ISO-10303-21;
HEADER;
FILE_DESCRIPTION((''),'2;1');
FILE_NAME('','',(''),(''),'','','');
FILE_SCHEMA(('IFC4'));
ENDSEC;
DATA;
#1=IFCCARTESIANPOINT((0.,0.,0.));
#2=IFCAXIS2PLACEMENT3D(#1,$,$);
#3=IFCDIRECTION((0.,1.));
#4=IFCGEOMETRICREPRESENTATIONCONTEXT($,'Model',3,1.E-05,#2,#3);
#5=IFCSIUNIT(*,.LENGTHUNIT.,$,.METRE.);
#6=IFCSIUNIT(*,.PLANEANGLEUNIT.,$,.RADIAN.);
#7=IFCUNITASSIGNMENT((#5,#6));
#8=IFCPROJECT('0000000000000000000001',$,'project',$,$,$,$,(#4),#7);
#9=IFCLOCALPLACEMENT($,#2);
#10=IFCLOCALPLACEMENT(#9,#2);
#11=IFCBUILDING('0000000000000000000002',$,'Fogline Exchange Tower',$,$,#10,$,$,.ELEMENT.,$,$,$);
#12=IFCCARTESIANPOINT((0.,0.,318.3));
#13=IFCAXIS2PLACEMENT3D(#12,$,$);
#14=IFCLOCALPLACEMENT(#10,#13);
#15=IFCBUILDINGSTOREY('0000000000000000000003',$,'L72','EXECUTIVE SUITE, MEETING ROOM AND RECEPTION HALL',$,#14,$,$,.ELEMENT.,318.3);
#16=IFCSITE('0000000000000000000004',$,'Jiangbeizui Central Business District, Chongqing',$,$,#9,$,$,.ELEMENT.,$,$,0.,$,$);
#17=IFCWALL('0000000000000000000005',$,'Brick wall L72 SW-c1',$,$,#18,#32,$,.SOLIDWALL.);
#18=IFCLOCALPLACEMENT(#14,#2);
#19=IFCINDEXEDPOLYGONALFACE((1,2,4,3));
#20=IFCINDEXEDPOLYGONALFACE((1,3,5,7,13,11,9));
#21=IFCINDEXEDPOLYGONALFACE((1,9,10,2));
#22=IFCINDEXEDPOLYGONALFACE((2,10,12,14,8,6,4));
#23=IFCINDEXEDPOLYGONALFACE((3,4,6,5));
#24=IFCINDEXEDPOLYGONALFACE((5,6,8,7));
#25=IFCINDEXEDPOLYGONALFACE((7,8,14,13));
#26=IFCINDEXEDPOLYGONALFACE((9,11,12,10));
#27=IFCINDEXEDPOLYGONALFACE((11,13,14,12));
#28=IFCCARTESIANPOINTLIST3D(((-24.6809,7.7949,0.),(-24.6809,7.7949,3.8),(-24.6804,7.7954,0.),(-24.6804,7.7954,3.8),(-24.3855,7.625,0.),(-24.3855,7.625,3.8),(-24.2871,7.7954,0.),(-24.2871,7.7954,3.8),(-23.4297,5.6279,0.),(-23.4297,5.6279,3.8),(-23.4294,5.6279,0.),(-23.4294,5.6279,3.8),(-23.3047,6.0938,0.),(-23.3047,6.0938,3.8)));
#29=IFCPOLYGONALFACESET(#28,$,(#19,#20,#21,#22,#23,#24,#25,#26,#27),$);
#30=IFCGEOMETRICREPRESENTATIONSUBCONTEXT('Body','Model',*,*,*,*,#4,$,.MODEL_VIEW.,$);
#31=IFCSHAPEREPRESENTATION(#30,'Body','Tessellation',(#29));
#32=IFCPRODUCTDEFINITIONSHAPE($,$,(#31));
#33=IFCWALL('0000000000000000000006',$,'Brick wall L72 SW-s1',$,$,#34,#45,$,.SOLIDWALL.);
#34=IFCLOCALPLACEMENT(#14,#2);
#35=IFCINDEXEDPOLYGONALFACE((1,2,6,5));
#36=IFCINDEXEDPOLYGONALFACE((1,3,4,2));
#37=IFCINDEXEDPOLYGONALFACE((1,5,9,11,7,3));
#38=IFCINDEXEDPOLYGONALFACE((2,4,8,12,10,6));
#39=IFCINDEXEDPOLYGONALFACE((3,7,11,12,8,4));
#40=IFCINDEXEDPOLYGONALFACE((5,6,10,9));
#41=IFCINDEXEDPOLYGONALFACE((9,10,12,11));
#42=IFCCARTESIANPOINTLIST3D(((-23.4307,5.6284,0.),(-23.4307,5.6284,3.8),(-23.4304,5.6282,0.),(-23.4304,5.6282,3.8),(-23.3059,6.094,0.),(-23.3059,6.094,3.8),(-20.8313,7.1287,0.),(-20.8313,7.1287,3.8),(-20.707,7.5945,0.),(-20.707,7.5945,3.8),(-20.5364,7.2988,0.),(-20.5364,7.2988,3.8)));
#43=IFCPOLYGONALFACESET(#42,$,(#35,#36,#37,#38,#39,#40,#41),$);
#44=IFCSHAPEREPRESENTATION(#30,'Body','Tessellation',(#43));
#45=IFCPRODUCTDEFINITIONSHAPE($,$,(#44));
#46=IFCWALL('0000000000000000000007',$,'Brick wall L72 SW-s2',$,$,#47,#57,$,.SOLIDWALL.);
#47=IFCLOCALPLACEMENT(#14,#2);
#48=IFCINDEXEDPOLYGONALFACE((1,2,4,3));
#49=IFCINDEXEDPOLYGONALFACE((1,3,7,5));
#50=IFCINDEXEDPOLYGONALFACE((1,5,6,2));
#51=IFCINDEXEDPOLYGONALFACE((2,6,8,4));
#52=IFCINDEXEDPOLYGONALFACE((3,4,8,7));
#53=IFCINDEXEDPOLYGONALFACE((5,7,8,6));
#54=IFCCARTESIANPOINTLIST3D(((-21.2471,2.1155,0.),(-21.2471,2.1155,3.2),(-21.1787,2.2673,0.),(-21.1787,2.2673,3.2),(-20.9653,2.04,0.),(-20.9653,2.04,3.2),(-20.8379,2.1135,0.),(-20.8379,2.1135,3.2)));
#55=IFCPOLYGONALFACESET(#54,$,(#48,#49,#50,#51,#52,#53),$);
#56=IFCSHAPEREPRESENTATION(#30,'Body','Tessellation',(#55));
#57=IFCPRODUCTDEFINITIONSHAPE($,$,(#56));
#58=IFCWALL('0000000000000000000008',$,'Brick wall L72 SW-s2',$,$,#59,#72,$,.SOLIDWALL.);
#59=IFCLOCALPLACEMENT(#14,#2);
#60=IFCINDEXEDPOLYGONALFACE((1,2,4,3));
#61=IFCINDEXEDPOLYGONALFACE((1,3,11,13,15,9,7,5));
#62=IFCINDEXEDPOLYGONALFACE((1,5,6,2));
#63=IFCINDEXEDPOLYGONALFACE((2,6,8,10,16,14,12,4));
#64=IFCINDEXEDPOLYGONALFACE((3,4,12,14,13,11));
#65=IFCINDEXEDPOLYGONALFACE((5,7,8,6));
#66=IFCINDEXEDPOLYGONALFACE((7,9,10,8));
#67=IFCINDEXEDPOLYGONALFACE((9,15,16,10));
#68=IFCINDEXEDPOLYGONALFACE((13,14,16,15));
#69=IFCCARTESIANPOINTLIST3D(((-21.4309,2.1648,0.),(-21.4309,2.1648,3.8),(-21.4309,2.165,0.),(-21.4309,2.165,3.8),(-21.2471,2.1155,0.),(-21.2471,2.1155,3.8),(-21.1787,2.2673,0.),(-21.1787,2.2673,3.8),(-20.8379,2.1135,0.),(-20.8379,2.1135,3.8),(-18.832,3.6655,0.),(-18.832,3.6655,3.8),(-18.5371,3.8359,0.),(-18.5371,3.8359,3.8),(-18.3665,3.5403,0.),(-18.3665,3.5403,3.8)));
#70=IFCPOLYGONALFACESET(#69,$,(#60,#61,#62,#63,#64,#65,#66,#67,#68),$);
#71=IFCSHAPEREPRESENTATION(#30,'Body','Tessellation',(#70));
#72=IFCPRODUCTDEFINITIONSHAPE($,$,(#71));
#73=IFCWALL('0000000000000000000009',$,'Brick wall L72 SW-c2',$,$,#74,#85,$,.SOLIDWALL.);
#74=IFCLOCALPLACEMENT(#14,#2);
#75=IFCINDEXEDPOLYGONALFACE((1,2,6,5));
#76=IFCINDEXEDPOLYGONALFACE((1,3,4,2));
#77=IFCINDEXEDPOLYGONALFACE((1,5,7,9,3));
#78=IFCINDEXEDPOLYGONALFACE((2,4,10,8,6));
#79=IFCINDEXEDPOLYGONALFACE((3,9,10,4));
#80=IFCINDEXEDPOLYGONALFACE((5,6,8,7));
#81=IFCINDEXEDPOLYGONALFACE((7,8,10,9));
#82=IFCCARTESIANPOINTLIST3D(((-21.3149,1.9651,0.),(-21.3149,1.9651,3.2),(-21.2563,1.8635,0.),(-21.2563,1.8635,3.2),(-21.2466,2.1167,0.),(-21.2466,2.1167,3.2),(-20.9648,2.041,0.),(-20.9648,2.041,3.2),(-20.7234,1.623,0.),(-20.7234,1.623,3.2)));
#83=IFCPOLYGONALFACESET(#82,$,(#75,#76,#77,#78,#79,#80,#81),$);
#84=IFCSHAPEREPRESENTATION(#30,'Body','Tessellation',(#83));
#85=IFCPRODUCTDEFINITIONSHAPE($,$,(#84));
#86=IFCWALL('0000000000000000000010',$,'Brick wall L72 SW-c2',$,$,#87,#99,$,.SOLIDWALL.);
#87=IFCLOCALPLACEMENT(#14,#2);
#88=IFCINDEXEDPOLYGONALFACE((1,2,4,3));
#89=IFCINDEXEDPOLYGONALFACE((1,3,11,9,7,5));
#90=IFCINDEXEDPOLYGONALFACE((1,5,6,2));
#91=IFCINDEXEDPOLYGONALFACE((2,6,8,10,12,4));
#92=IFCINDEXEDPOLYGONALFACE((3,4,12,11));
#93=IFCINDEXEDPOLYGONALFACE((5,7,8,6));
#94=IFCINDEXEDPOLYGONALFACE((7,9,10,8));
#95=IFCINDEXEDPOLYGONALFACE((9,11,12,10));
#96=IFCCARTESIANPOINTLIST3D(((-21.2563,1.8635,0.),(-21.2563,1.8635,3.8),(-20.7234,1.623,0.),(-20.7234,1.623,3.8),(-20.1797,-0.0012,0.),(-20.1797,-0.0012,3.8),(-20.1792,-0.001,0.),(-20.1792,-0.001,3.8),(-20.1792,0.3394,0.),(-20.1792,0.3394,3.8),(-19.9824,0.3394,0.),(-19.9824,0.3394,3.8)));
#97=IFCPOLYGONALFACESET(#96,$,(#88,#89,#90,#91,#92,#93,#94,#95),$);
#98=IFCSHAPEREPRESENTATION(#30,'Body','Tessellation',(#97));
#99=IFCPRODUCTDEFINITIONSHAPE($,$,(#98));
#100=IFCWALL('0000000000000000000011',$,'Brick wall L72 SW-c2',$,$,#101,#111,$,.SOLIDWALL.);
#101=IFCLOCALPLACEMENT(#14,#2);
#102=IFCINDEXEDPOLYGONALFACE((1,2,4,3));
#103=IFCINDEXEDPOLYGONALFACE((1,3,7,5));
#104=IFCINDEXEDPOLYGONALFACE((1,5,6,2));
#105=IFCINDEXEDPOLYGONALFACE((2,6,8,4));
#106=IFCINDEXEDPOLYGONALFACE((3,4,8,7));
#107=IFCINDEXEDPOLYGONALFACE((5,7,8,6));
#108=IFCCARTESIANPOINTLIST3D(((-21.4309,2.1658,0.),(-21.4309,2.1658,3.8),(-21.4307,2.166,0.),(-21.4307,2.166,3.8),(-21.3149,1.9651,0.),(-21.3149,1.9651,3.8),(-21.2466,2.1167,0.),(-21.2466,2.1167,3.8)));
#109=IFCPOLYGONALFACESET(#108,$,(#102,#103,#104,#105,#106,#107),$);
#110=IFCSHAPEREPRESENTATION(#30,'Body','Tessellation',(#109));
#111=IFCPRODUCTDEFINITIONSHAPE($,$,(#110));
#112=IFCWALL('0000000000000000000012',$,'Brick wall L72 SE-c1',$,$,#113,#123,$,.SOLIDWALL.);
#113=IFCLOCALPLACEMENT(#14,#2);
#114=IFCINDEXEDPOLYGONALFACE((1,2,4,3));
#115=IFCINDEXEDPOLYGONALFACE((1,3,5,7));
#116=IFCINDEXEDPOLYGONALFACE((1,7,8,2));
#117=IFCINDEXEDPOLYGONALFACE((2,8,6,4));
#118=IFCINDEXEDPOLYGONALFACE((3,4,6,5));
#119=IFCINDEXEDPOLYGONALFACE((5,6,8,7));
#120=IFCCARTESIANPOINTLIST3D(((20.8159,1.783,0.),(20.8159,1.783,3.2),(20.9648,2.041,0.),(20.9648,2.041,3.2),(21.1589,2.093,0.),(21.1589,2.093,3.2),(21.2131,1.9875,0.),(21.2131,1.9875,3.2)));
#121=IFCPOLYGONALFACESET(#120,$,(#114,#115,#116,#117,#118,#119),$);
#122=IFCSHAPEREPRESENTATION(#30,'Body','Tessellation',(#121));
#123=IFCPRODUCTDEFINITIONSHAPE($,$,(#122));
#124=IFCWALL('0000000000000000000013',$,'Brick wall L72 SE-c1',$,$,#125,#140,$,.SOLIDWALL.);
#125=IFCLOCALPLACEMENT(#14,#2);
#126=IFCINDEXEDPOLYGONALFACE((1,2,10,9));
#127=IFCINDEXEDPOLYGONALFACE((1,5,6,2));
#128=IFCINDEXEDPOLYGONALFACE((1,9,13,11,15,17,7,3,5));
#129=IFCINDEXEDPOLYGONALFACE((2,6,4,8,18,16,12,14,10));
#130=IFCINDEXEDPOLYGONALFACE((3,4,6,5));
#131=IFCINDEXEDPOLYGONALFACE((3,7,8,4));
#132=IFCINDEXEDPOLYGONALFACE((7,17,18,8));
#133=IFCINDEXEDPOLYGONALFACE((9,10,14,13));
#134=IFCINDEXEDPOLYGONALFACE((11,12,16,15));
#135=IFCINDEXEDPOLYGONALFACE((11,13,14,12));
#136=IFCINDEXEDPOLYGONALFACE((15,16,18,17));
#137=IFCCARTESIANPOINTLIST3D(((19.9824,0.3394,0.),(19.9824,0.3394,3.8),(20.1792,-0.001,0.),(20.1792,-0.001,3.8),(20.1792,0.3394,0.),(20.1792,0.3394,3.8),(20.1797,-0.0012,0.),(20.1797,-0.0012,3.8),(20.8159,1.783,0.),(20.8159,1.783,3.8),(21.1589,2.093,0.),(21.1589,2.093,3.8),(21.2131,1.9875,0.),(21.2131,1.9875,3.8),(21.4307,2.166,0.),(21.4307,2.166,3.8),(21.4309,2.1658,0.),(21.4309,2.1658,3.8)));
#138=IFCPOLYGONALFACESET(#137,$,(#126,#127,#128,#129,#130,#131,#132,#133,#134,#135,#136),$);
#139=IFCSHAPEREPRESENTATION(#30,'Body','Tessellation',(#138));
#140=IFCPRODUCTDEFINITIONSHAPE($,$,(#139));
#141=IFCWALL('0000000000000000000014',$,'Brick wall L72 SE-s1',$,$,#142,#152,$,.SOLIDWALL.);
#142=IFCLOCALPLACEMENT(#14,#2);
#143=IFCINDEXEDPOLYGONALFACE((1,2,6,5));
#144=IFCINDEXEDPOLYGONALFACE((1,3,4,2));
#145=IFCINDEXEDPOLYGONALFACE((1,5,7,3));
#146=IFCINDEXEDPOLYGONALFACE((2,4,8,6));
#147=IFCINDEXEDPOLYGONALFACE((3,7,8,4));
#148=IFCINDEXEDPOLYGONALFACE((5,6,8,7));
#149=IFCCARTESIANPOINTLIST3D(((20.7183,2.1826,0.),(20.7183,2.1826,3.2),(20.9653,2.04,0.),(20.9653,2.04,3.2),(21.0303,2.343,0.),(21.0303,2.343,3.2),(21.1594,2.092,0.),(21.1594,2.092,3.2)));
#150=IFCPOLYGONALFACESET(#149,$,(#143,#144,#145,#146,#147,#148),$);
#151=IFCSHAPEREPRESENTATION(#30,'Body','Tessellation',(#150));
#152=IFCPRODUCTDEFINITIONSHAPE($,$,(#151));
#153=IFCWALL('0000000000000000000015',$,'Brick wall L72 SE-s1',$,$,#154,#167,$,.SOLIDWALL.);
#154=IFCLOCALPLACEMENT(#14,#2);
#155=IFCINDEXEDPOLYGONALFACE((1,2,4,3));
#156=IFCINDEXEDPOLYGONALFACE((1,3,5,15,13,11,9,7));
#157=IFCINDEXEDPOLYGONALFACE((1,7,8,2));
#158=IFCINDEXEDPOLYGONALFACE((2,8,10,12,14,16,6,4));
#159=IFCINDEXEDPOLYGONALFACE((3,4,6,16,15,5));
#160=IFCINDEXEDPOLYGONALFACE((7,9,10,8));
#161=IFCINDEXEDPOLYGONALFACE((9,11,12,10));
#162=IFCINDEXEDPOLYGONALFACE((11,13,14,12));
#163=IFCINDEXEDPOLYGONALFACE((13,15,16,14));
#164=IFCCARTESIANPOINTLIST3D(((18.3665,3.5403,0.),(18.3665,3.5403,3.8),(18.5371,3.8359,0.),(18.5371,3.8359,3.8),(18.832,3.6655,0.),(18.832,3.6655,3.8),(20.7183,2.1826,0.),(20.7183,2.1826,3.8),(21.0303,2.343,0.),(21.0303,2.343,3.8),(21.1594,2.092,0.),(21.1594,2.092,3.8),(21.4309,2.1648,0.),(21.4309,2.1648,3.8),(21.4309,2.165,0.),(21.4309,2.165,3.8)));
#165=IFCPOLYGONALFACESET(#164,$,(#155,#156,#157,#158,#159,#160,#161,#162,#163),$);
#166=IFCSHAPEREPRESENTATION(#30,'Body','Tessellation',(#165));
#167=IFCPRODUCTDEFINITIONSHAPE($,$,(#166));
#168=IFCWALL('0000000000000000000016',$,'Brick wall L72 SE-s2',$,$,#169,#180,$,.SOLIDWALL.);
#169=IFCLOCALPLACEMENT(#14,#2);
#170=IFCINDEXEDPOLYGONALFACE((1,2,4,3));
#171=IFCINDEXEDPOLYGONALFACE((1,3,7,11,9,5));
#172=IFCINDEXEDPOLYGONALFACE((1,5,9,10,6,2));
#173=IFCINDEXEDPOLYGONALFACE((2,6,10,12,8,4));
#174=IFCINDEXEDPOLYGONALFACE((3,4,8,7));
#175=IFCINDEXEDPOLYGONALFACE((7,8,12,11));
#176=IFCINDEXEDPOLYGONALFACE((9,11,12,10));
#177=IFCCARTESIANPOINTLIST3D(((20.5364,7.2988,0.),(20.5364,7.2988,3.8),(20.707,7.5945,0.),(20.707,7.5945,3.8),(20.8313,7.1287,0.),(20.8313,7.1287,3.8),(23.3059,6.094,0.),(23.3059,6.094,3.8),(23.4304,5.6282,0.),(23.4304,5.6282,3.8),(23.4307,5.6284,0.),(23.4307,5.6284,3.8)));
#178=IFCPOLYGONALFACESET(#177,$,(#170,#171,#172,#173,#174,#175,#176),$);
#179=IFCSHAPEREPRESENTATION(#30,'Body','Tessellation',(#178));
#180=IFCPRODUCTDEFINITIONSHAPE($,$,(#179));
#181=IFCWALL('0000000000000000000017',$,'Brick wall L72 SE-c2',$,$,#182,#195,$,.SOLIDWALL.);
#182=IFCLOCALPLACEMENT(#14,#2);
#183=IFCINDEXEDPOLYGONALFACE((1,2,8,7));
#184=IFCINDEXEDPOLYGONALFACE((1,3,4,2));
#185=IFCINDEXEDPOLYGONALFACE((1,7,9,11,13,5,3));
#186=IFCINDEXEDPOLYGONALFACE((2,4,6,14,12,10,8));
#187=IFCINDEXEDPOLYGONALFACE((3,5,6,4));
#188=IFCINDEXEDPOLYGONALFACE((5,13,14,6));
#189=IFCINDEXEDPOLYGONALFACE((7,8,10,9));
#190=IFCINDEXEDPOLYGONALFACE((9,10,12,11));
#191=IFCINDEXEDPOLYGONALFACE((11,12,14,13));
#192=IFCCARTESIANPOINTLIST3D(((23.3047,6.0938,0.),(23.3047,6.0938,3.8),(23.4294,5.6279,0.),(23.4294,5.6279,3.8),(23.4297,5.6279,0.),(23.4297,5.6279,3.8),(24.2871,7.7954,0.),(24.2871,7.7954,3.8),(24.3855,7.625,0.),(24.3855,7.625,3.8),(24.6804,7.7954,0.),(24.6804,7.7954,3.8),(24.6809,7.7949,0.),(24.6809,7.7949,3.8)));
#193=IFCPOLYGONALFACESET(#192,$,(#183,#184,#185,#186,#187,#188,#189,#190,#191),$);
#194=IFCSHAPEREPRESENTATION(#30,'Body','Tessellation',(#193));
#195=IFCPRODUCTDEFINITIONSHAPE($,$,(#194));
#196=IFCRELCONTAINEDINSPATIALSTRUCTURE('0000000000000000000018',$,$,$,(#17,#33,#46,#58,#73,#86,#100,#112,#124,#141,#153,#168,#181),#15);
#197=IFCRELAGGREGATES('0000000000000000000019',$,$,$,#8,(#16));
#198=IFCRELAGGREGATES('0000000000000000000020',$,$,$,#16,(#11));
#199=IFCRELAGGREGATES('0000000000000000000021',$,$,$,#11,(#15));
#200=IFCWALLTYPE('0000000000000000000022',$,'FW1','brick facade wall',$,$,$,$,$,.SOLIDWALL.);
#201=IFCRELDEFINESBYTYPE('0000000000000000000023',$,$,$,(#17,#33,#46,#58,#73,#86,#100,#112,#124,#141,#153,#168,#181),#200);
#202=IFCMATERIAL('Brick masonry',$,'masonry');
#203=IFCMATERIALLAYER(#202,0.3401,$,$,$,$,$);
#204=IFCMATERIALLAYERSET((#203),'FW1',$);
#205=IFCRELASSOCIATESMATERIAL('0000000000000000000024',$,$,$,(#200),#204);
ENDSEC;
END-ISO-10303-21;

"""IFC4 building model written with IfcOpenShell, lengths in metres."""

from ifc_helpers import new_model, si_unit, direction, frame, origin, place, context, subcontext, project, spatial, polyline, outline, extrude, material, layer, layer_set, type_object, element, save


model = new_model("IFC4")

# Units and contexts
model_context = context("Model", 3, precision=1e-05, world=origin(), true_north=direction((0.0, 1.0)))
body_context = subcontext(model_context, "Body", "Model", "MODEL_VIEW")
ifc_project = project(units=[si_unit("LENGTHUNIT", "METRE"), si_unit("PLANEANGLEUNIT", "RADIAN")], contexts=[model_context])

# Site, building, storey
site_placement = place(None, origin())
site = spatial("IfcSite", under=ifc_project, at=site_placement, Name="Jiangbeizui Central Business District, Chongqing", CompositionType="ELEMENT", RefElevation=0.0)
building_placement = place(site_placement, origin())
building = spatial("IfcBuilding", under=site, at=building_placement, Name="Fogline Exchange Tower", CompositionType="ELEMENT")
storey_placement = place(building_placement, frame((0.0, 0.0, 318.3)))
storey = spatial("IfcBuildingStorey", under=building, at=storey_placement, Name="L72", Description="EXECUTIVE SUITE, MEETING ROOM AND RECEPTION HALL", CompositionType="ELEMENT", Elevation=318.3)

# Walls
ifc_material_1 = material(Name="Brick masonry", Category="masonry")
ifc_layer_1 = layer(ifc_material_1, 0.3401)
ifc_layer_set_1 = layer_set([ifc_layer_1], Name="FW1")
wall_type_1 = type_object("IfcWallType", Name="FW1", Description="brick facade wall", PredefinedType="SOLIDWALL", material=ifc_layer_set_1)
wall_1_placement = place(storey_placement, origin())
element("IfcWall", 1, at=wall_1_placement, inside=storey, type_object=wall_type_1, Name="Brick wall L72 SW-c1", PredefinedType="SOLIDWALL", context=body_context, shape_type="SweptSolid", body=[
    extrude(outline(polyline([(-23.4297, 5.6279), (-24.6809, 7.7949), (-24.6804, 7.7954), (-24.3855, 7.625), (-24.2871, 7.7954), (-23.3047, 6.0938), (-23.4294, 5.6279), (-23.4297, 5.6279)])), origin(), (0.0, 0.0, 1.0), 3.8),
])
wall_2_placement = place(storey_placement, origin())
element("IfcWall", 2, at=wall_2_placement, inside=storey, type_object=wall_type_1, Name="Brick wall L72 SW-s1", PredefinedType="SOLIDWALL", context=body_context, shape_type="SweptSolid", body=[
    extrude(outline(polyline([(-20.707, 7.5945), (-20.5364, 7.2988), (-20.8313, 7.1287), (-23.4304, 5.6282), (-23.4307, 5.6284), (-23.3059, 6.094), (-20.707, 7.5945)])), origin(), (0.0, 0.0, 1.0), 3.8),
])
wall_3_placement = place(storey_placement, origin())
element("IfcWall", 3, at=wall_3_placement, inside=storey, type_object=wall_type_1, Name="Brick wall L72 SW-s2", PredefinedType="SOLIDWALL", context=body_context, shape_type="SweptSolid", body=[
    extrude(outline(polyline([(-20.9653, 2.04), (-21.2471, 2.1155), (-21.1787, 2.2673), (-20.8379, 2.1135), (-20.9653, 2.04)])), origin(), (0.0, 0.0, 1.0), 3.2),
])
wall_4_placement = place(storey_placement, origin())
element("IfcWall", 4, at=wall_4_placement, inside=storey, type_object=wall_type_1, Name="Brick wall L72 SW-s2", PredefinedType="SOLIDWALL", context=body_context, shape_type="SweptSolid", body=[
    extrude(outline(polyline([(-18.832, 3.6655), (-18.5371, 3.8359), (-18.3665, 3.5403), (-20.8379, 2.1135), (-21.1787, 2.2673), (-21.2471, 2.1155), (-21.4309, 2.1648), (-21.4309, 2.165), (-18.832, 3.6655)])), origin(), (0.0, 0.0, 1.0), 3.8),
])
wall_5_placement = place(storey_placement, origin())
element("IfcWall", 5, at=wall_5_placement, inside=storey, type_object=wall_type_1, Name="Brick wall L72 SW-c2", PredefinedType="SOLIDWALL", context=body_context, shape_type="SweptSolid", body=[
    extrude(outline(polyline([(-21.3149, 1.9651), (-21.2466, 2.1167), (-20.9648, 2.041), (-20.7234, 1.623), (-21.2563, 1.8635), (-21.3149, 1.9651)])), origin(), (0.0, 0.0, 1.0), 3.2),
])
wall_6_placement = place(storey_placement, origin())
element("IfcWall", 6, at=wall_6_placement, inside=storey, type_object=wall_type_1, Name="Brick wall L72 SW-c2", PredefinedType="SOLIDWALL", context=body_context, shape_type="SweptSolid", body=[
    extrude(outline(polyline([(-20.1792, 0.3394), (-20.1792, -0.001), (-20.1797, -0.0012), (-21.2563, 1.8635), (-20.7234, 1.623), (-19.9824, 0.3394), (-20.1792, 0.3394)])), origin(), (0.0, 0.0, 1.0), 3.8),
])
wall_7_placement = place(storey_placement, origin())
element("IfcWall", 7, at=wall_7_placement, inside=storey, type_object=wall_type_1, Name="Brick wall L72 SW-c2", PredefinedType="SOLIDWALL", context=body_context, shape_type="SweptSolid", body=[
    extrude(outline(polyline([(-21.4309, 2.1658), (-21.4307, 2.166), (-21.2466, 2.1167), (-21.3149, 1.9651), (-21.4309, 2.1658)])), origin(), (0.0, 0.0, 1.0), 3.8),
])
wall_8_placement = place(storey_placement, origin())
element("IfcWall", 8, at=wall_8_placement, inside=storey, type_object=wall_type_1, Name="Brick wall L72 SE-c1", PredefinedType="SOLIDWALL", context=body_context, shape_type="SweptSolid", body=[
    extrude(outline(polyline([(20.9648, 2.041), (21.1589, 2.093), (21.2131, 1.9875), (20.8159, 1.783), (20.9648, 2.041)])), origin(), (0.0, 0.0, 1.0), 3.2),
])
wall_9_placement = place(storey_placement, origin())
element("IfcWall", 9, at=wall_9_placement, inside=storey, type_object=wall_type_1, Name="Brick wall L72 SE-c1", PredefinedType="SOLIDWALL", context=body_context, shape_type="SweptSolid", body=[
    extrude(outline(polyline([(20.1797, -0.0012), (20.1792, -0.001), (20.1792, 0.3394), (19.9824, 0.3394), (20.8159, 1.783), (21.2131, 1.9875), (21.1589, 2.093), (21.4307, 2.166), (21.4309, 2.1658), (20.1797, -0.0012)])), origin(), (0.0, 0.0, 1.0), 3.8),
])
wall_10_placement = place(storey_placement, origin())
element("IfcWall", 10, at=wall_10_placement, inside=storey, type_object=wall_type_1, Name="Brick wall L72 SE-s1", PredefinedType="SOLIDWALL", context=body_context, shape_type="SweptSolid", body=[
    extrude(outline(polyline([(20.9653, 2.04), (20.7183, 2.1826), (21.0303, 2.343), (21.1594, 2.092), (20.9653, 2.04)])), origin(), (0.0, 0.0, 1.0), 3.2),
])
wall_11_placement = place(storey_placement, origin())
element("IfcWall", 11, at=wall_11_placement, inside=storey, type_object=wall_type_1, Name="Brick wall L72 SE-s1", PredefinedType="SOLIDWALL", context=body_context, shape_type="SweptSolid", body=[
    extrude(outline(polyline([(18.5371, 3.8359), (18.832, 3.6655), (21.4309, 2.165), (21.4309, 2.1648), (21.1594, 2.092), (21.0303, 2.343), (20.7183, 2.1826), (18.3665, 3.5403), (18.5371, 3.8359)])), origin(), (0.0, 0.0, 1.0), 3.8),
])
wall_12_placement = place(storey_placement, origin())
element("IfcWall", 12, at=wall_12_placement, inside=storey, type_object=wall_type_1, Name="Brick wall L72 SE-s2", PredefinedType="SOLIDWALL", context=body_context, shape_type="SweptSolid", body=[
    extrude(outline(polyline([(23.4304, 5.6282), (20.8313, 7.1287), (20.5364, 7.2988), (20.707, 7.5945), (23.3059, 6.094), (23.4307, 5.6284), (23.4304, 5.6282)])), origin(), (0.0, 0.0, 1.0), 3.8),
])
wall_13_placement = place(storey_placement, origin())
element("IfcWall", 13, at=wall_13_placement, inside=storey, type_object=wall_type_1, Name="Brick wall L72 SE-c2", PredefinedType="SOLIDWALL", context=body_context, shape_type="SweptSolid", body=[
    extrude(outline(polyline([(24.2871, 7.7954), (24.3855, 7.625), (24.6804, 7.7954), (24.6809, 7.7949), (23.4297, 5.6279), (23.4294, 5.6279), (23.3047, 6.0938), (24.2871, 7.7954)])), origin(), (0.0, 0.0, 1.0), 3.8),
])

save(model, "model.ifc")
